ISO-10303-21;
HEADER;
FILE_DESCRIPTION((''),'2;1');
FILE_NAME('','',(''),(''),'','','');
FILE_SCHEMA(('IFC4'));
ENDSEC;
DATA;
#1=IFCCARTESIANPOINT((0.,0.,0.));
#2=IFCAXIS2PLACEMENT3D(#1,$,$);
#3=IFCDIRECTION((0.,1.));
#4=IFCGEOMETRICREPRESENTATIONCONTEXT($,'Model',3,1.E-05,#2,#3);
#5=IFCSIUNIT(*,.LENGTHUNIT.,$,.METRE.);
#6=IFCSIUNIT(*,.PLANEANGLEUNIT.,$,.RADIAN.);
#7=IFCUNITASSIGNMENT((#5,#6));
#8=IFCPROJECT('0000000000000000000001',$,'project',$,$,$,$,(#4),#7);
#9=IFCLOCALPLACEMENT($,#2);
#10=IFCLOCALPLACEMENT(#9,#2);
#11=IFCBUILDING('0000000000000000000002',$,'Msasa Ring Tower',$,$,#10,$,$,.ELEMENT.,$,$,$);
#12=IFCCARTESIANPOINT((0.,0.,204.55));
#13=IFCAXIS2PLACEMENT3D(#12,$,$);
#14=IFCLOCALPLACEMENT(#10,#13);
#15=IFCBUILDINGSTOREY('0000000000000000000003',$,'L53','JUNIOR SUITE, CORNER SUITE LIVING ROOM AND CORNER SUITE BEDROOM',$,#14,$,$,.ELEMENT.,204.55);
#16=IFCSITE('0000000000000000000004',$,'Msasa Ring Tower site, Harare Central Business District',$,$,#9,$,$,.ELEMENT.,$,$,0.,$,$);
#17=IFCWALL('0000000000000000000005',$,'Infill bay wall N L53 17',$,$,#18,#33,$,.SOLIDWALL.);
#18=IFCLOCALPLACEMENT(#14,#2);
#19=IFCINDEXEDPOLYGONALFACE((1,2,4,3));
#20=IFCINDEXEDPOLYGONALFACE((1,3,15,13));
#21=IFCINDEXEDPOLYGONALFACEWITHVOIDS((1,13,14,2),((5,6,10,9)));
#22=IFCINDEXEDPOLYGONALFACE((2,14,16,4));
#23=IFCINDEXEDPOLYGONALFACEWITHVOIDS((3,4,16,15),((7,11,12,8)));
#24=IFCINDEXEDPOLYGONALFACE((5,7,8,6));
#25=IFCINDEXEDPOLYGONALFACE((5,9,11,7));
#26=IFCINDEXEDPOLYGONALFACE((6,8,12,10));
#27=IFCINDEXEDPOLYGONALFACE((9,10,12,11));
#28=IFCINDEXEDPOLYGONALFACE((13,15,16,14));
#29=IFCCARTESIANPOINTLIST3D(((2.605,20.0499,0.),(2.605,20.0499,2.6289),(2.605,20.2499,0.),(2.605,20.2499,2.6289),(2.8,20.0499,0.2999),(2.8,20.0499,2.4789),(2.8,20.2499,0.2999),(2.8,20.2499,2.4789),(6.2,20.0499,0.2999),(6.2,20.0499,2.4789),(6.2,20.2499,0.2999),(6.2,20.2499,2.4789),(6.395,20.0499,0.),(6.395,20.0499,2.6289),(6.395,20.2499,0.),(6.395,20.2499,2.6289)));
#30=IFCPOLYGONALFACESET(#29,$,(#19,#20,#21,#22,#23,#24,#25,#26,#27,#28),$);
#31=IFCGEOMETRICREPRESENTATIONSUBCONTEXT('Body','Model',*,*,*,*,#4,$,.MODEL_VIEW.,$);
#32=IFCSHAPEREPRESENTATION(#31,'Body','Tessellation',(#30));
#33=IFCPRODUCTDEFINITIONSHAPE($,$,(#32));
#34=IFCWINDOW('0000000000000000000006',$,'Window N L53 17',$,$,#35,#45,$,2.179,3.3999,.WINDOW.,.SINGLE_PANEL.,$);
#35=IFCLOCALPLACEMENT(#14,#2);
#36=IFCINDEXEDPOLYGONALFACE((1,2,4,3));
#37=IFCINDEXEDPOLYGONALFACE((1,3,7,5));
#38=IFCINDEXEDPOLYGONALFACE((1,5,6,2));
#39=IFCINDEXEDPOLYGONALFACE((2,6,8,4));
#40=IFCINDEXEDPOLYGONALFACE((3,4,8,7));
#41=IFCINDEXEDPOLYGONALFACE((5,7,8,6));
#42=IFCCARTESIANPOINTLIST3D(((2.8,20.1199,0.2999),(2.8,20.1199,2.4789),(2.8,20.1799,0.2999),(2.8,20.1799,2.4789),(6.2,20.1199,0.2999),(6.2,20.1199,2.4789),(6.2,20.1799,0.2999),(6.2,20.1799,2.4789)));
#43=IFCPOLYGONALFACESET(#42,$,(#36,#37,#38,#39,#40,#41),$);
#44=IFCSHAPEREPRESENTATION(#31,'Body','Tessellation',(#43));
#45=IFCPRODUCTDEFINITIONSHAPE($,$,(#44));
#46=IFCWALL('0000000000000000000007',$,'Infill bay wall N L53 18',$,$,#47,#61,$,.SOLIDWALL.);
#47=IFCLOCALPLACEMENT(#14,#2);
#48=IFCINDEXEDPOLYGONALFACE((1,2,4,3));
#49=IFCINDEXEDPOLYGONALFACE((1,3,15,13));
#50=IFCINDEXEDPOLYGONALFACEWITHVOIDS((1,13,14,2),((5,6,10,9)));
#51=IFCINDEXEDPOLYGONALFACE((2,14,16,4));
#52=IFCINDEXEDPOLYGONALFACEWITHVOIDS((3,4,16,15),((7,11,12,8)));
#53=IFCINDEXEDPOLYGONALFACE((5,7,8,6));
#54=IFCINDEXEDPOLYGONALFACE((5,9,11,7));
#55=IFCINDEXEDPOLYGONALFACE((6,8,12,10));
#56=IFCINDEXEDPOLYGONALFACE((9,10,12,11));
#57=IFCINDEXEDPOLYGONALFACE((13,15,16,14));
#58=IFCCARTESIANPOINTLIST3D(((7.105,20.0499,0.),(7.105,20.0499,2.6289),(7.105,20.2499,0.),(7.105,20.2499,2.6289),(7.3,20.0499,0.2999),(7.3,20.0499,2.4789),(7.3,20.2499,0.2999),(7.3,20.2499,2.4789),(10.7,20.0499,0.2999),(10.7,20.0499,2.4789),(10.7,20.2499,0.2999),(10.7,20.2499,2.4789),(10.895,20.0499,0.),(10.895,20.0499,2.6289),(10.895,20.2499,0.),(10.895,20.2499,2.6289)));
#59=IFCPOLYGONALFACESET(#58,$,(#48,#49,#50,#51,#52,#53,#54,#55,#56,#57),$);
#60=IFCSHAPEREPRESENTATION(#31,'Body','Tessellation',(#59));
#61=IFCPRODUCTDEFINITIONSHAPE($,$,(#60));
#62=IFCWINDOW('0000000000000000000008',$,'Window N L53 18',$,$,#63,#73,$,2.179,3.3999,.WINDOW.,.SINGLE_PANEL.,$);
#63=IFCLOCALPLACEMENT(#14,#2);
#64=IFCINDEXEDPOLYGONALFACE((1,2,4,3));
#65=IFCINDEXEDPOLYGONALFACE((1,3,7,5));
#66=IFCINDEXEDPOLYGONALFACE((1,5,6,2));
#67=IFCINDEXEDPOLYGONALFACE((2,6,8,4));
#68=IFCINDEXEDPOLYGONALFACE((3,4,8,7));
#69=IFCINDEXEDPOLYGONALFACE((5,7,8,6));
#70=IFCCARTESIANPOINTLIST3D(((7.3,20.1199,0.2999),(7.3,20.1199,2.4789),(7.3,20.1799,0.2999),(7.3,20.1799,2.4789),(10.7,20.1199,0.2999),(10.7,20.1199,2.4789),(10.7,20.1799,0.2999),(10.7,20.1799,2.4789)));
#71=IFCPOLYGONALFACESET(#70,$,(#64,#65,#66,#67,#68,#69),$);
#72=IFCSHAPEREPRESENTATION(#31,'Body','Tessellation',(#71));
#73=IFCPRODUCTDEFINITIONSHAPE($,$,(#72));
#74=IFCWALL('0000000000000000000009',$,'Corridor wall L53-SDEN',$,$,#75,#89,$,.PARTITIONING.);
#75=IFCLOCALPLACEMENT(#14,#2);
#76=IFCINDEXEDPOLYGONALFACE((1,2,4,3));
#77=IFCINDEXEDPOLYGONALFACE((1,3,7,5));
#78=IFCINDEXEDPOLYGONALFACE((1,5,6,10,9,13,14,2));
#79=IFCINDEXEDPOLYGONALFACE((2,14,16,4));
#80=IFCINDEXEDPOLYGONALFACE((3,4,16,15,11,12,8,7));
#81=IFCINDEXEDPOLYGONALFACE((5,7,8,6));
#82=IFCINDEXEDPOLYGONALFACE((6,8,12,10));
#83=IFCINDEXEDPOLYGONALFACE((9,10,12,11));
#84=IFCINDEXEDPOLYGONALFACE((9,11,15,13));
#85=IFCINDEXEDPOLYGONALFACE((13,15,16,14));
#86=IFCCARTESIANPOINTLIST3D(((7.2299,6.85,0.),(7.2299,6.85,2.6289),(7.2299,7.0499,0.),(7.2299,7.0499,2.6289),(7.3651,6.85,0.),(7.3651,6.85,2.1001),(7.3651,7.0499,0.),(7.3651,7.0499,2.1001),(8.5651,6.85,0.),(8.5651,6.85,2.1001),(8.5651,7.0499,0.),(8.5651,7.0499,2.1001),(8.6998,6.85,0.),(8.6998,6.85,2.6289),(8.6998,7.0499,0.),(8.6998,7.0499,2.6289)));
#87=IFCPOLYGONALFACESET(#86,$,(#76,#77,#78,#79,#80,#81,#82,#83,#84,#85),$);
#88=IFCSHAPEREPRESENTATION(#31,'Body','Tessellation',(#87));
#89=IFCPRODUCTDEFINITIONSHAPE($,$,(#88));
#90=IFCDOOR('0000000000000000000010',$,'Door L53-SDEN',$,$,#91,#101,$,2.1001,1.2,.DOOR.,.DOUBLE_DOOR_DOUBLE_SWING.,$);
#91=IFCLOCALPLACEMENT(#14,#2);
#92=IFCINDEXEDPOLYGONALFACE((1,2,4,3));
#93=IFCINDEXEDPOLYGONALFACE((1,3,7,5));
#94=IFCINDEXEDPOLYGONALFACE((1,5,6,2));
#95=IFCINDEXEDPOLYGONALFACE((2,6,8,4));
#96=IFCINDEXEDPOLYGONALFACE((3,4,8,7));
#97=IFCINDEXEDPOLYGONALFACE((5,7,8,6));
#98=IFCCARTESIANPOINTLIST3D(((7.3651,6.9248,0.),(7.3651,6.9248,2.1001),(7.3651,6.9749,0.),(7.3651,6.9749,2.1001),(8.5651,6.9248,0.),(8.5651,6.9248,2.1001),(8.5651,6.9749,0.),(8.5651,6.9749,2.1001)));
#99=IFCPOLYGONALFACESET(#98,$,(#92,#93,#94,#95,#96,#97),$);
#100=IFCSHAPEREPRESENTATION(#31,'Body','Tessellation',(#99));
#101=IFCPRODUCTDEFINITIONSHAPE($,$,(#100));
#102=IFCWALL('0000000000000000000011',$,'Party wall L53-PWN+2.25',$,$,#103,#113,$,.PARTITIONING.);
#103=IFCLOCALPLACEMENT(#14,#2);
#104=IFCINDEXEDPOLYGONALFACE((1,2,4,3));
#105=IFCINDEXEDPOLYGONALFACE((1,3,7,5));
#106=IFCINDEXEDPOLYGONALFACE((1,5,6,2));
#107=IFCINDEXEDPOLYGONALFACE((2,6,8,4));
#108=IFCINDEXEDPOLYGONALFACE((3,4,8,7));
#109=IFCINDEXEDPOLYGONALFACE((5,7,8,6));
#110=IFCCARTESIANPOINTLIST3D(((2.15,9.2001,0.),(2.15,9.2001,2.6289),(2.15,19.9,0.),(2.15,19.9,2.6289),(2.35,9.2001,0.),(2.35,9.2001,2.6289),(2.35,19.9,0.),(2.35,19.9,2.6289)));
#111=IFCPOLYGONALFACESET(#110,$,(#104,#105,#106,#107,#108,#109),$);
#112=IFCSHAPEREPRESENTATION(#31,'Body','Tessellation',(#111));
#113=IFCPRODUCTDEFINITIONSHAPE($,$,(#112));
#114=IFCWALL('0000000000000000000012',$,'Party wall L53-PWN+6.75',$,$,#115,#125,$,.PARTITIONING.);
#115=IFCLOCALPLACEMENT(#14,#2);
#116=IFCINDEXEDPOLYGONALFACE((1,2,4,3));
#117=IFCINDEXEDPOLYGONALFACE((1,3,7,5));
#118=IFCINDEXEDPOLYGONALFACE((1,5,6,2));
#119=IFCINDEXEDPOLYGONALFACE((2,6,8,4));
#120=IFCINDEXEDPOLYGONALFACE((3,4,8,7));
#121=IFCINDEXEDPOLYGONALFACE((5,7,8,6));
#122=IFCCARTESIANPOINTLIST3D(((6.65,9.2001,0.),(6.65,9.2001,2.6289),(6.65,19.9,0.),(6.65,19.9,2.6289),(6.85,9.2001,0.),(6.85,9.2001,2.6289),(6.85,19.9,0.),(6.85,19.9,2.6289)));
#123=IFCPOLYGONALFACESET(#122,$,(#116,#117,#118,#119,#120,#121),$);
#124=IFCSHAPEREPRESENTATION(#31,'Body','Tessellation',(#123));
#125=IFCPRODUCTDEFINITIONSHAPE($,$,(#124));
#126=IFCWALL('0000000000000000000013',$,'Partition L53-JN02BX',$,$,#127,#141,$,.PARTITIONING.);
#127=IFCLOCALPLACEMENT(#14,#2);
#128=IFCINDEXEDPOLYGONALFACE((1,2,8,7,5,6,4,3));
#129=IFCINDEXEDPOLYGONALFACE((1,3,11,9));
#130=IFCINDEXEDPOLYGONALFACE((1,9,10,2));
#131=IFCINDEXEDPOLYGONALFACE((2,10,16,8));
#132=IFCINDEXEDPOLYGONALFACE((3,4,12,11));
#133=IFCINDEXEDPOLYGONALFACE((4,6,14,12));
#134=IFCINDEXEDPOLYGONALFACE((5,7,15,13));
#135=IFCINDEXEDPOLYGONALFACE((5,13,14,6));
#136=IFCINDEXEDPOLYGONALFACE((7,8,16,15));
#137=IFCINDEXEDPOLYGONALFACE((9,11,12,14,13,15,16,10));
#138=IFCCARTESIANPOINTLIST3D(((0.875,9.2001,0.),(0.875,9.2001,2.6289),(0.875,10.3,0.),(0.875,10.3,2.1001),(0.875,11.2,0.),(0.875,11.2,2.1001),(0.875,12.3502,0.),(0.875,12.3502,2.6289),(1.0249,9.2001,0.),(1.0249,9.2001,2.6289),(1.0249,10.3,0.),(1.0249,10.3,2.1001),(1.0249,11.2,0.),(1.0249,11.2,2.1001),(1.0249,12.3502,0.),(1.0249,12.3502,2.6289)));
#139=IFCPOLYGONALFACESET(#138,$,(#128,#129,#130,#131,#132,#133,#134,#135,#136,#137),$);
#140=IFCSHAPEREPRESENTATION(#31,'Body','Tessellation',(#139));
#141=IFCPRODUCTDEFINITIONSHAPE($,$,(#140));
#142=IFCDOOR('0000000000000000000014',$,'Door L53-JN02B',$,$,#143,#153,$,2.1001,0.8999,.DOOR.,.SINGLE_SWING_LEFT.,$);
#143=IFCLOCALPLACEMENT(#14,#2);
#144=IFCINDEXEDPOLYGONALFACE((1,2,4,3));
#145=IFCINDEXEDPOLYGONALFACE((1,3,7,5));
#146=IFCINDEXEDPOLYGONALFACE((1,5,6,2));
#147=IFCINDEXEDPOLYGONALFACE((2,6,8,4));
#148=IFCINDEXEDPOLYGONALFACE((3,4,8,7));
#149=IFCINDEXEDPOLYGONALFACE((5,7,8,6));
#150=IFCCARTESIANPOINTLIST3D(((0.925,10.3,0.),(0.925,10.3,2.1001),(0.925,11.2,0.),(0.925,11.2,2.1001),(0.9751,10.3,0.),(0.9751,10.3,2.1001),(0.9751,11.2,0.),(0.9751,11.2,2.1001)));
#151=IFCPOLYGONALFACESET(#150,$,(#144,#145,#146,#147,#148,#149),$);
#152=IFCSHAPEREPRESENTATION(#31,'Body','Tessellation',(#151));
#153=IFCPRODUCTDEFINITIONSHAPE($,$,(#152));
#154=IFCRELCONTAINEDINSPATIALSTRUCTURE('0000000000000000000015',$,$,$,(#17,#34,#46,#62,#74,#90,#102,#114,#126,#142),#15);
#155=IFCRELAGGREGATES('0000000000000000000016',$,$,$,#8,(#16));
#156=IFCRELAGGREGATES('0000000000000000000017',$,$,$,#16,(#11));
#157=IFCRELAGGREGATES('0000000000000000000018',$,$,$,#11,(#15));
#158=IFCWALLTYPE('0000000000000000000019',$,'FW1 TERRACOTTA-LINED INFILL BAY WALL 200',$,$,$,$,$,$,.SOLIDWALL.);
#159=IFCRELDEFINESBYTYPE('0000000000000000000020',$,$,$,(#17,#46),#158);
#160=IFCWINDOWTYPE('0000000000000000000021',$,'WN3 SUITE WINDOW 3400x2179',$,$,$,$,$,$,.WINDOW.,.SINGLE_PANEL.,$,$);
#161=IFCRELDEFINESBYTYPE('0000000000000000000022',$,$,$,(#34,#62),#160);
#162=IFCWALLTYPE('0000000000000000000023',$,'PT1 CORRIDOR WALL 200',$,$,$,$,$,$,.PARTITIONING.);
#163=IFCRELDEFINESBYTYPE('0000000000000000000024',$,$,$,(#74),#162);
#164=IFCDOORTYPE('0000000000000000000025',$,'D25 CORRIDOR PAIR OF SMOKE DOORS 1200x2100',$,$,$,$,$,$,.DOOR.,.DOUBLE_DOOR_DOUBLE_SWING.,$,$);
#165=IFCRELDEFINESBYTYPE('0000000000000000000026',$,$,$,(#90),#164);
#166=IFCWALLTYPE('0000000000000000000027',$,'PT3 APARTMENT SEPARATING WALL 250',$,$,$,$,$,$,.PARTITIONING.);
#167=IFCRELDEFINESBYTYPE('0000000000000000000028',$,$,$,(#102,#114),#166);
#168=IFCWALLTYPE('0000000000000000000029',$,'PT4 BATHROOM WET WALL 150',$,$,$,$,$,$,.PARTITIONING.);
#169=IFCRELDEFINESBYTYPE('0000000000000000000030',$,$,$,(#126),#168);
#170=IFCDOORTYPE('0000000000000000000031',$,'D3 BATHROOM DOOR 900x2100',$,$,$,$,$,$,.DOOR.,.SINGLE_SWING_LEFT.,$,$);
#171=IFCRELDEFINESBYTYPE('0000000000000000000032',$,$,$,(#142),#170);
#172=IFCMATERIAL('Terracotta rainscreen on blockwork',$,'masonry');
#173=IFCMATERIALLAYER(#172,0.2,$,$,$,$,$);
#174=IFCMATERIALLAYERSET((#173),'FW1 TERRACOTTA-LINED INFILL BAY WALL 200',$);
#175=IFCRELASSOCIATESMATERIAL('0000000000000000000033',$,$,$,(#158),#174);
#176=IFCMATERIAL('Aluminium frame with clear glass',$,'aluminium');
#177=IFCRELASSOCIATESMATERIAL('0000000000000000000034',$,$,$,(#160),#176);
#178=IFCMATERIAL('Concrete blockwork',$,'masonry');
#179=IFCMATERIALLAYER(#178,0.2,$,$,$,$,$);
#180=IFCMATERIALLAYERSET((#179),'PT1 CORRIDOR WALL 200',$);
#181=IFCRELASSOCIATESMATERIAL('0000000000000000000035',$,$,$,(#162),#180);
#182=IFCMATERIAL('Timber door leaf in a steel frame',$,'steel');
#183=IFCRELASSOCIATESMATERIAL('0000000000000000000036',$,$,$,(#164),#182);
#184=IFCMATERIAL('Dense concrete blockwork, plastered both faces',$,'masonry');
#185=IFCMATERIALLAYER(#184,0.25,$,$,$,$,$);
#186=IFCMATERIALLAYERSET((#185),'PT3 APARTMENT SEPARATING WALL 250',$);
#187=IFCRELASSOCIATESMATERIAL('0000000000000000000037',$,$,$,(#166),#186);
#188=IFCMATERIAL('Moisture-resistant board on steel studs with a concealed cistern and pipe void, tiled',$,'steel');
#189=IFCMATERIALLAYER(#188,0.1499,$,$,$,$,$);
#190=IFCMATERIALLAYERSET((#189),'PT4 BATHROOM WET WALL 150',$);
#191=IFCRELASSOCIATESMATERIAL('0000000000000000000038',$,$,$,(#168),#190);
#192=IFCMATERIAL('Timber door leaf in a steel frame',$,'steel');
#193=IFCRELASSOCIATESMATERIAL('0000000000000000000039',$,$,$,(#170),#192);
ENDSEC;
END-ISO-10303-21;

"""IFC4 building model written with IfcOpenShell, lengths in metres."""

from ifc_helpers import new_model, si_unit, direction, frame, frame_2d, origin, place, context, subcontext, project, spatial, rectangle, extrude, material, layer, layer_set, type_object, element, fill, save


model = new_model("IFC4")

# Units and contexts
model_context = context("Model", 3, precision=1e-05, world=origin(), true_north=direction((0.0, 1.0)))
body_context = subcontext(model_context, "Body", "Model", "MODEL_VIEW")
ifc_project = project(units=[si_unit("LENGTHUNIT", "METRE"), si_unit("PLANEANGLEUNIT", "RADIAN")], contexts=[model_context])

# Site, building, storey
site_placement = place(None, origin())
site = spatial("IfcSite", under=ifc_project, at=site_placement, Name="Msasa Ring Tower site, Harare Central Business District", CompositionType="ELEMENT", RefElevation=0.0)
building_placement = place(site_placement, origin())
building = spatial("IfcBuilding", under=site, at=building_placement, Name="Msasa Ring Tower", CompositionType="ELEMENT")
storey_placement = place(building_placement, frame((0.0, 0.0, 204.55)))
storey = spatial("IfcBuildingStorey", under=building, at=storey_placement, Name="L53", Description="JUNIOR SUITE, CORNER SUITE LIVING ROOM AND CORNER SUITE BEDROOM", CompositionType="ELEMENT", Elevation=204.55)

# Walls, openings, windows
ifc_material_1 = material(Name="Terracotta rainscreen on blockwork", Category="masonry")
ifc_layer_1 = layer(ifc_material_1, 0.2)
ifc_layer_set_1 = layer_set([ifc_layer_1], Name="FW1 TERRACOTTA-LINED INFILL BAY WALL 200")
wall_type_1 = type_object("IfcWallType", Name="FW1 TERRACOTTA-LINED INFILL BAY WALL 200", PredefinedType="SOLIDWALL", material=ifc_layer_set_1)
wall_1_placement = place(storey_placement, frame((2.605, 20.1499, 0.0), z_axis=(0.0, 0.0, 1.0), x_axis=(1.0, 0.0, 0.0)))
wall_1 = element("IfcWall", 1, at=wall_1_placement, inside=storey, type_object=wall_type_1, Name="Infill bay wall N L53 17", PredefinedType="SOLIDWALL", context=body_context, shape_type="SweptSolid", body=[
    extrude(rectangle(XDim=3.79, YDim=0.2, at=frame_2d((1.895, 0.0))), origin(), (0.0, 0.0, 1.0), 2.6289),
])
opening_1_placement = place(wall_1_placement, frame((0.1951, 0.0, 0.3)))
opening_1 = element("IfcOpeningElement", 2, at=opening_1_placement, cuts=wall_1, PredefinedType="OPENING", context=body_context, shape_type="SweptSolid", body=[
    extrude(rectangle(XDim=3.3999, YDim=2.179, at=frame_2d((1.7, 1.0894))), frame((0.0, 0.1099, 0.0), z_axis=(0.0, -1.0, 0.0), x_axis=(1.0, 0.0, 0.0)), (0.0, 0.0, 1.0), 0.22),
])
ifc_material_2 = material(Name="Aluminium frame with clear glass", Category="aluminium")
window_type = type_object("IfcWindowType", Name="WN3 SUITE WINDOW 3400x2179", PartitioningType="SINGLE_PANEL", PredefinedType="WINDOW", material=ifc_material_2)
window_1_placement = place(opening_1_placement, origin())
window_1 = element("IfcWindow", 3, at=window_1_placement, inside=storey, type_object=window_type, Name="Window N L53 17", OverallHeight=2.179, OverallWidth=3.3999, PartitioningType="SINGLE_PANEL", PredefinedType="WINDOW", context=body_context, shape_type="SweptSolid", body=[
    extrude(rectangle(XDim=3.3999, YDim=2.179, at=frame_2d((1.7, 1.0894))), frame((0.0, 0.03, 0.0), z_axis=(0.0, -1.0, 0.0), x_axis=(1.0, 0.0, 0.0)), (0.0, 0.0, 1.0), 0.0601),
])
fill(opening_1, window_1)
wall_2_placement = place(storey_placement, frame((7.105, 20.1499, 0.0), z_axis=(0.0, 0.0, 1.0), x_axis=(1.0, 0.0, 0.0)))
wall_2 = element("IfcWall", 4, at=wall_2_placement, inside=storey, type_object=wall_type_1, Name="Infill bay wall N L53 18", PredefinedType="SOLIDWALL", context=body_context, shape_type="SweptSolid", body=[
    extrude(rectangle(XDim=3.79, YDim=0.2, at=frame_2d((1.895, 0.0))), origin(), (0.0, 0.0, 1.0), 2.6289),
])
opening_2_placement = place(wall_2_placement, frame((0.1951, 0.0, 0.3)))
opening_2 = element("IfcOpeningElement", 5, at=opening_2_placement, cuts=wall_2, PredefinedType="OPENING", context=body_context, shape_type="SweptSolid", body=[
    extrude(rectangle(XDim=3.3999, YDim=2.179, at=frame_2d((1.7, 1.0894))), frame((0.0, 0.1099, 0.0), z_axis=(0.0, -1.0, 0.0), x_axis=(1.0, 0.0, 0.0)), (0.0, 0.0, 1.0), 0.22),
])
window_2_placement = place(opening_2_placement, origin())
window_2 = element("IfcWindow", 6, at=window_2_placement, inside=storey, type_object=window_type, Name="Window N L53 18", OverallHeight=2.179, OverallWidth=3.3999, PartitioningType="SINGLE_PANEL", PredefinedType="WINDOW", context=body_context, shape_type="SweptSolid", body=[
    extrude(rectangle(XDim=3.3999, YDim=2.179, at=frame_2d((1.7, 1.0894))), frame((0.0, 0.03, 0.0), z_axis=(0.0, -1.0, 0.0), x_axis=(1.0, 0.0, 0.0)), (0.0, 0.0, 1.0), 0.0601),
])
fill(opening_2, window_2)

# Wall, opening, door
ifc_material_3 = material(Name="Concrete blockwork", Category="masonry")
ifc_layer_2 = layer(ifc_material_3, 0.2)
ifc_layer_set_2 = layer_set([ifc_layer_2], Name="PT1 CORRIDOR WALL 200")
wall_type_2 = type_object("IfcWallType", Name="PT1 CORRIDOR WALL 200", PredefinedType="PARTITIONING", material=ifc_layer_set_2)
wall_3_placement = place(storey_placement, frame((7.23, 6.95, 0.0), z_axis=(0.0, 0.0, 1.0), x_axis=(1.0, 0.0, 0.0)))
wall_3 = element("IfcWall", 7, at=wall_3_placement, inside=storey, type_object=wall_type_2, Name="Corridor wall L53-SDEN", PredefinedType="PARTITIONING", context=body_context, shape_type="SweptSolid", body=[
    extrude(rectangle(XDim=1.47, YDim=0.2, at=frame_2d((0.7349, 0.0))), origin(), (0.0, 0.0, 1.0), 2.6289),
])
opening_3_placement = place(wall_3_placement, frame((0.135, 0.0, 0.0)))
opening_3 = element("IfcOpeningElement", 8, at=opening_3_placement, cuts=wall_3, PredefinedType="OPENING", context=body_context, shape_type="SweptSolid", body=[
    extrude(rectangle(XDim=1.2, YDim=2.1001, at=frame_2d((0.6001, 1.05))), frame((0.0, 0.1099, 0.0), z_axis=(0.0, -1.0, 0.0), x_axis=(1.0, 0.0, 0.0)), (0.0, 0.0, 1.0), 0.22),
])
ifc_material_4 = material(Name="Timber door leaf in a steel frame", Category="steel")
door_type_1 = type_object("IfcDoorType", Name="D25 CORRIDOR PAIR OF SMOKE DOORS 1200x2100", OperationType="DOUBLE_DOOR_DOUBLE_SWING", PredefinedType="DOOR", material=ifc_material_4)
door_1_placement = place(opening_3_placement, origin())
door_1 = element("IfcDoor", 9, at=door_1_placement, inside=storey, type_object=door_type_1, Name="Door L53-SDEN", OperationType="DOUBLE_DOOR_DOUBLE_SWING", OverallHeight=2.1001, OverallWidth=1.2, PredefinedType="DOOR", context=body_context, shape_type="SweptSolid", body=[
    extrude(rectangle(XDim=1.2, YDim=2.1001, at=frame_2d((0.6001, 1.05))), frame((0.0, 0.0249, 0.0), z_axis=(0.0, -1.0, 0.0), x_axis=(1.0, 0.0, 0.0)), (0.0, 0.0, 1.0), 0.05),
])
fill(opening_3, door_1)

# Walls
ifc_material_5 = material(Name="Dense concrete blockwork, plastered both faces", Category="masonry")
ifc_layer_3 = layer(ifc_material_5, 0.25)
ifc_layer_set_3 = layer_set([ifc_layer_3], Name="PT3 APARTMENT SEPARATING WALL 250")
wall_type_3 = type_object("IfcWallType", Name="PT3 APARTMENT SEPARATING WALL 250", PredefinedType="PARTITIONING", material=ifc_layer_set_3)
for number, where, z_axis, x_axis, name in (
    (10, (2.25, 9.2, 0.0), (0.0, 0.0, 1.0), (0.0, 1.0, 0.0), "Party wall L53-PWN+2.25"),
    (11, (6.75, 9.2, 0.0), (0.0, 0.0, 1.0), (0.0, 1.0, 0.0), "Party wall L53-PWN+6.75"),
):
    element("IfcWall", number, at=place(storey_placement, frame(where, z_axis=z_axis, x_axis=x_axis)), inside=storey, type_object=wall_type_3, Name=name, PredefinedType="PARTITIONING", context=body_context, shape_type="SweptSolid", body=[
        extrude(rectangle(XDim=10.7, YDim=0.2, at=frame_2d((5.3501, 0.0))), origin(), (0.0, 0.0, 1.0), 2.6289),
    ])

# Wall, opening, door
ifc_material_6 = material(Name="Moisture-resistant board on steel studs with a concealed cistern and pipe void, tiled", Category="steel")
ifc_layer_4 = layer(ifc_material_6, 0.1499)
ifc_layer_set_4 = layer_set([ifc_layer_4], Name="PT4 BATHROOM WET WALL 150")
wall_type_4 = type_object("IfcWallType", Name="PT4 BATHROOM WET WALL 150", PredefinedType="PARTITIONING", material=ifc_layer_set_4)
wall_4_placement = place(storey_placement, frame((0.95, 9.2, 0.0), z_axis=(0.0, 0.0, 1.0), x_axis=(0.0, 1.0, 0.0)))
wall_4 = element("IfcWall", 12, at=wall_4_placement, inside=storey, type_object=wall_type_4, Name="Partition L53-JN02BX", PredefinedType="PARTITIONING", context=body_context, shape_type="SweptSolid", body=[
    extrude(rectangle(XDim=3.1501, YDim=0.1499, at=frame_2d((1.5752, 0.0))), origin(), (0.0, 0.0, 1.0), 2.6289),
])
opening_4_placement = place(wall_4_placement, frame((1.1001, 0.0, 0.0)))
opening_4 = element("IfcOpeningElement", 13, at=opening_4_placement, cuts=wall_4, PredefinedType="OPENING", context=body_context, shape_type="SweptSolid", body=[
    extrude(rectangle(XDim=0.8999, YDim=2.1001, at=frame_2d((0.45, 1.05))), frame((0.0, 0.085, 0.0), z_axis=(0.0, -1.0, 0.0), x_axis=(1.0, 0.0, 0.0)), (0.0, 0.0, 1.0), 0.1699),
])
ifc_material_7 = material(Name="Timber door leaf in a steel frame", Category="steel")
door_type_2 = type_object("IfcDoorType", Name="D3 BATHROOM DOOR 900x2100", OperationType="SINGLE_SWING_LEFT", PredefinedType="DOOR", material=ifc_material_7)
door_2_placement = place(opening_4_placement, origin())
door_2 = element("IfcDoor", 14, at=door_2_placement, inside=storey, type_object=door_type_2, Name="Door L53-JN02B", OperationType="SINGLE_SWING_LEFT", OverallHeight=2.1001, OverallWidth=0.8999, PredefinedType="DOOR", context=body_context, shape_type="SweptSolid", body=[
    extrude(rectangle(XDim=0.8999, YDim=2.1001, at=frame_2d((0.45, 1.05))), frame((0.0, 0.0249, 0.0), z_axis=(0.0, -1.0, 0.0), x_axis=(1.0, 0.0, 0.0)), (0.0, 0.0, 1.0), 0.05),
])
fill(opening_4, door_2)

save(model, "model.ifc")
